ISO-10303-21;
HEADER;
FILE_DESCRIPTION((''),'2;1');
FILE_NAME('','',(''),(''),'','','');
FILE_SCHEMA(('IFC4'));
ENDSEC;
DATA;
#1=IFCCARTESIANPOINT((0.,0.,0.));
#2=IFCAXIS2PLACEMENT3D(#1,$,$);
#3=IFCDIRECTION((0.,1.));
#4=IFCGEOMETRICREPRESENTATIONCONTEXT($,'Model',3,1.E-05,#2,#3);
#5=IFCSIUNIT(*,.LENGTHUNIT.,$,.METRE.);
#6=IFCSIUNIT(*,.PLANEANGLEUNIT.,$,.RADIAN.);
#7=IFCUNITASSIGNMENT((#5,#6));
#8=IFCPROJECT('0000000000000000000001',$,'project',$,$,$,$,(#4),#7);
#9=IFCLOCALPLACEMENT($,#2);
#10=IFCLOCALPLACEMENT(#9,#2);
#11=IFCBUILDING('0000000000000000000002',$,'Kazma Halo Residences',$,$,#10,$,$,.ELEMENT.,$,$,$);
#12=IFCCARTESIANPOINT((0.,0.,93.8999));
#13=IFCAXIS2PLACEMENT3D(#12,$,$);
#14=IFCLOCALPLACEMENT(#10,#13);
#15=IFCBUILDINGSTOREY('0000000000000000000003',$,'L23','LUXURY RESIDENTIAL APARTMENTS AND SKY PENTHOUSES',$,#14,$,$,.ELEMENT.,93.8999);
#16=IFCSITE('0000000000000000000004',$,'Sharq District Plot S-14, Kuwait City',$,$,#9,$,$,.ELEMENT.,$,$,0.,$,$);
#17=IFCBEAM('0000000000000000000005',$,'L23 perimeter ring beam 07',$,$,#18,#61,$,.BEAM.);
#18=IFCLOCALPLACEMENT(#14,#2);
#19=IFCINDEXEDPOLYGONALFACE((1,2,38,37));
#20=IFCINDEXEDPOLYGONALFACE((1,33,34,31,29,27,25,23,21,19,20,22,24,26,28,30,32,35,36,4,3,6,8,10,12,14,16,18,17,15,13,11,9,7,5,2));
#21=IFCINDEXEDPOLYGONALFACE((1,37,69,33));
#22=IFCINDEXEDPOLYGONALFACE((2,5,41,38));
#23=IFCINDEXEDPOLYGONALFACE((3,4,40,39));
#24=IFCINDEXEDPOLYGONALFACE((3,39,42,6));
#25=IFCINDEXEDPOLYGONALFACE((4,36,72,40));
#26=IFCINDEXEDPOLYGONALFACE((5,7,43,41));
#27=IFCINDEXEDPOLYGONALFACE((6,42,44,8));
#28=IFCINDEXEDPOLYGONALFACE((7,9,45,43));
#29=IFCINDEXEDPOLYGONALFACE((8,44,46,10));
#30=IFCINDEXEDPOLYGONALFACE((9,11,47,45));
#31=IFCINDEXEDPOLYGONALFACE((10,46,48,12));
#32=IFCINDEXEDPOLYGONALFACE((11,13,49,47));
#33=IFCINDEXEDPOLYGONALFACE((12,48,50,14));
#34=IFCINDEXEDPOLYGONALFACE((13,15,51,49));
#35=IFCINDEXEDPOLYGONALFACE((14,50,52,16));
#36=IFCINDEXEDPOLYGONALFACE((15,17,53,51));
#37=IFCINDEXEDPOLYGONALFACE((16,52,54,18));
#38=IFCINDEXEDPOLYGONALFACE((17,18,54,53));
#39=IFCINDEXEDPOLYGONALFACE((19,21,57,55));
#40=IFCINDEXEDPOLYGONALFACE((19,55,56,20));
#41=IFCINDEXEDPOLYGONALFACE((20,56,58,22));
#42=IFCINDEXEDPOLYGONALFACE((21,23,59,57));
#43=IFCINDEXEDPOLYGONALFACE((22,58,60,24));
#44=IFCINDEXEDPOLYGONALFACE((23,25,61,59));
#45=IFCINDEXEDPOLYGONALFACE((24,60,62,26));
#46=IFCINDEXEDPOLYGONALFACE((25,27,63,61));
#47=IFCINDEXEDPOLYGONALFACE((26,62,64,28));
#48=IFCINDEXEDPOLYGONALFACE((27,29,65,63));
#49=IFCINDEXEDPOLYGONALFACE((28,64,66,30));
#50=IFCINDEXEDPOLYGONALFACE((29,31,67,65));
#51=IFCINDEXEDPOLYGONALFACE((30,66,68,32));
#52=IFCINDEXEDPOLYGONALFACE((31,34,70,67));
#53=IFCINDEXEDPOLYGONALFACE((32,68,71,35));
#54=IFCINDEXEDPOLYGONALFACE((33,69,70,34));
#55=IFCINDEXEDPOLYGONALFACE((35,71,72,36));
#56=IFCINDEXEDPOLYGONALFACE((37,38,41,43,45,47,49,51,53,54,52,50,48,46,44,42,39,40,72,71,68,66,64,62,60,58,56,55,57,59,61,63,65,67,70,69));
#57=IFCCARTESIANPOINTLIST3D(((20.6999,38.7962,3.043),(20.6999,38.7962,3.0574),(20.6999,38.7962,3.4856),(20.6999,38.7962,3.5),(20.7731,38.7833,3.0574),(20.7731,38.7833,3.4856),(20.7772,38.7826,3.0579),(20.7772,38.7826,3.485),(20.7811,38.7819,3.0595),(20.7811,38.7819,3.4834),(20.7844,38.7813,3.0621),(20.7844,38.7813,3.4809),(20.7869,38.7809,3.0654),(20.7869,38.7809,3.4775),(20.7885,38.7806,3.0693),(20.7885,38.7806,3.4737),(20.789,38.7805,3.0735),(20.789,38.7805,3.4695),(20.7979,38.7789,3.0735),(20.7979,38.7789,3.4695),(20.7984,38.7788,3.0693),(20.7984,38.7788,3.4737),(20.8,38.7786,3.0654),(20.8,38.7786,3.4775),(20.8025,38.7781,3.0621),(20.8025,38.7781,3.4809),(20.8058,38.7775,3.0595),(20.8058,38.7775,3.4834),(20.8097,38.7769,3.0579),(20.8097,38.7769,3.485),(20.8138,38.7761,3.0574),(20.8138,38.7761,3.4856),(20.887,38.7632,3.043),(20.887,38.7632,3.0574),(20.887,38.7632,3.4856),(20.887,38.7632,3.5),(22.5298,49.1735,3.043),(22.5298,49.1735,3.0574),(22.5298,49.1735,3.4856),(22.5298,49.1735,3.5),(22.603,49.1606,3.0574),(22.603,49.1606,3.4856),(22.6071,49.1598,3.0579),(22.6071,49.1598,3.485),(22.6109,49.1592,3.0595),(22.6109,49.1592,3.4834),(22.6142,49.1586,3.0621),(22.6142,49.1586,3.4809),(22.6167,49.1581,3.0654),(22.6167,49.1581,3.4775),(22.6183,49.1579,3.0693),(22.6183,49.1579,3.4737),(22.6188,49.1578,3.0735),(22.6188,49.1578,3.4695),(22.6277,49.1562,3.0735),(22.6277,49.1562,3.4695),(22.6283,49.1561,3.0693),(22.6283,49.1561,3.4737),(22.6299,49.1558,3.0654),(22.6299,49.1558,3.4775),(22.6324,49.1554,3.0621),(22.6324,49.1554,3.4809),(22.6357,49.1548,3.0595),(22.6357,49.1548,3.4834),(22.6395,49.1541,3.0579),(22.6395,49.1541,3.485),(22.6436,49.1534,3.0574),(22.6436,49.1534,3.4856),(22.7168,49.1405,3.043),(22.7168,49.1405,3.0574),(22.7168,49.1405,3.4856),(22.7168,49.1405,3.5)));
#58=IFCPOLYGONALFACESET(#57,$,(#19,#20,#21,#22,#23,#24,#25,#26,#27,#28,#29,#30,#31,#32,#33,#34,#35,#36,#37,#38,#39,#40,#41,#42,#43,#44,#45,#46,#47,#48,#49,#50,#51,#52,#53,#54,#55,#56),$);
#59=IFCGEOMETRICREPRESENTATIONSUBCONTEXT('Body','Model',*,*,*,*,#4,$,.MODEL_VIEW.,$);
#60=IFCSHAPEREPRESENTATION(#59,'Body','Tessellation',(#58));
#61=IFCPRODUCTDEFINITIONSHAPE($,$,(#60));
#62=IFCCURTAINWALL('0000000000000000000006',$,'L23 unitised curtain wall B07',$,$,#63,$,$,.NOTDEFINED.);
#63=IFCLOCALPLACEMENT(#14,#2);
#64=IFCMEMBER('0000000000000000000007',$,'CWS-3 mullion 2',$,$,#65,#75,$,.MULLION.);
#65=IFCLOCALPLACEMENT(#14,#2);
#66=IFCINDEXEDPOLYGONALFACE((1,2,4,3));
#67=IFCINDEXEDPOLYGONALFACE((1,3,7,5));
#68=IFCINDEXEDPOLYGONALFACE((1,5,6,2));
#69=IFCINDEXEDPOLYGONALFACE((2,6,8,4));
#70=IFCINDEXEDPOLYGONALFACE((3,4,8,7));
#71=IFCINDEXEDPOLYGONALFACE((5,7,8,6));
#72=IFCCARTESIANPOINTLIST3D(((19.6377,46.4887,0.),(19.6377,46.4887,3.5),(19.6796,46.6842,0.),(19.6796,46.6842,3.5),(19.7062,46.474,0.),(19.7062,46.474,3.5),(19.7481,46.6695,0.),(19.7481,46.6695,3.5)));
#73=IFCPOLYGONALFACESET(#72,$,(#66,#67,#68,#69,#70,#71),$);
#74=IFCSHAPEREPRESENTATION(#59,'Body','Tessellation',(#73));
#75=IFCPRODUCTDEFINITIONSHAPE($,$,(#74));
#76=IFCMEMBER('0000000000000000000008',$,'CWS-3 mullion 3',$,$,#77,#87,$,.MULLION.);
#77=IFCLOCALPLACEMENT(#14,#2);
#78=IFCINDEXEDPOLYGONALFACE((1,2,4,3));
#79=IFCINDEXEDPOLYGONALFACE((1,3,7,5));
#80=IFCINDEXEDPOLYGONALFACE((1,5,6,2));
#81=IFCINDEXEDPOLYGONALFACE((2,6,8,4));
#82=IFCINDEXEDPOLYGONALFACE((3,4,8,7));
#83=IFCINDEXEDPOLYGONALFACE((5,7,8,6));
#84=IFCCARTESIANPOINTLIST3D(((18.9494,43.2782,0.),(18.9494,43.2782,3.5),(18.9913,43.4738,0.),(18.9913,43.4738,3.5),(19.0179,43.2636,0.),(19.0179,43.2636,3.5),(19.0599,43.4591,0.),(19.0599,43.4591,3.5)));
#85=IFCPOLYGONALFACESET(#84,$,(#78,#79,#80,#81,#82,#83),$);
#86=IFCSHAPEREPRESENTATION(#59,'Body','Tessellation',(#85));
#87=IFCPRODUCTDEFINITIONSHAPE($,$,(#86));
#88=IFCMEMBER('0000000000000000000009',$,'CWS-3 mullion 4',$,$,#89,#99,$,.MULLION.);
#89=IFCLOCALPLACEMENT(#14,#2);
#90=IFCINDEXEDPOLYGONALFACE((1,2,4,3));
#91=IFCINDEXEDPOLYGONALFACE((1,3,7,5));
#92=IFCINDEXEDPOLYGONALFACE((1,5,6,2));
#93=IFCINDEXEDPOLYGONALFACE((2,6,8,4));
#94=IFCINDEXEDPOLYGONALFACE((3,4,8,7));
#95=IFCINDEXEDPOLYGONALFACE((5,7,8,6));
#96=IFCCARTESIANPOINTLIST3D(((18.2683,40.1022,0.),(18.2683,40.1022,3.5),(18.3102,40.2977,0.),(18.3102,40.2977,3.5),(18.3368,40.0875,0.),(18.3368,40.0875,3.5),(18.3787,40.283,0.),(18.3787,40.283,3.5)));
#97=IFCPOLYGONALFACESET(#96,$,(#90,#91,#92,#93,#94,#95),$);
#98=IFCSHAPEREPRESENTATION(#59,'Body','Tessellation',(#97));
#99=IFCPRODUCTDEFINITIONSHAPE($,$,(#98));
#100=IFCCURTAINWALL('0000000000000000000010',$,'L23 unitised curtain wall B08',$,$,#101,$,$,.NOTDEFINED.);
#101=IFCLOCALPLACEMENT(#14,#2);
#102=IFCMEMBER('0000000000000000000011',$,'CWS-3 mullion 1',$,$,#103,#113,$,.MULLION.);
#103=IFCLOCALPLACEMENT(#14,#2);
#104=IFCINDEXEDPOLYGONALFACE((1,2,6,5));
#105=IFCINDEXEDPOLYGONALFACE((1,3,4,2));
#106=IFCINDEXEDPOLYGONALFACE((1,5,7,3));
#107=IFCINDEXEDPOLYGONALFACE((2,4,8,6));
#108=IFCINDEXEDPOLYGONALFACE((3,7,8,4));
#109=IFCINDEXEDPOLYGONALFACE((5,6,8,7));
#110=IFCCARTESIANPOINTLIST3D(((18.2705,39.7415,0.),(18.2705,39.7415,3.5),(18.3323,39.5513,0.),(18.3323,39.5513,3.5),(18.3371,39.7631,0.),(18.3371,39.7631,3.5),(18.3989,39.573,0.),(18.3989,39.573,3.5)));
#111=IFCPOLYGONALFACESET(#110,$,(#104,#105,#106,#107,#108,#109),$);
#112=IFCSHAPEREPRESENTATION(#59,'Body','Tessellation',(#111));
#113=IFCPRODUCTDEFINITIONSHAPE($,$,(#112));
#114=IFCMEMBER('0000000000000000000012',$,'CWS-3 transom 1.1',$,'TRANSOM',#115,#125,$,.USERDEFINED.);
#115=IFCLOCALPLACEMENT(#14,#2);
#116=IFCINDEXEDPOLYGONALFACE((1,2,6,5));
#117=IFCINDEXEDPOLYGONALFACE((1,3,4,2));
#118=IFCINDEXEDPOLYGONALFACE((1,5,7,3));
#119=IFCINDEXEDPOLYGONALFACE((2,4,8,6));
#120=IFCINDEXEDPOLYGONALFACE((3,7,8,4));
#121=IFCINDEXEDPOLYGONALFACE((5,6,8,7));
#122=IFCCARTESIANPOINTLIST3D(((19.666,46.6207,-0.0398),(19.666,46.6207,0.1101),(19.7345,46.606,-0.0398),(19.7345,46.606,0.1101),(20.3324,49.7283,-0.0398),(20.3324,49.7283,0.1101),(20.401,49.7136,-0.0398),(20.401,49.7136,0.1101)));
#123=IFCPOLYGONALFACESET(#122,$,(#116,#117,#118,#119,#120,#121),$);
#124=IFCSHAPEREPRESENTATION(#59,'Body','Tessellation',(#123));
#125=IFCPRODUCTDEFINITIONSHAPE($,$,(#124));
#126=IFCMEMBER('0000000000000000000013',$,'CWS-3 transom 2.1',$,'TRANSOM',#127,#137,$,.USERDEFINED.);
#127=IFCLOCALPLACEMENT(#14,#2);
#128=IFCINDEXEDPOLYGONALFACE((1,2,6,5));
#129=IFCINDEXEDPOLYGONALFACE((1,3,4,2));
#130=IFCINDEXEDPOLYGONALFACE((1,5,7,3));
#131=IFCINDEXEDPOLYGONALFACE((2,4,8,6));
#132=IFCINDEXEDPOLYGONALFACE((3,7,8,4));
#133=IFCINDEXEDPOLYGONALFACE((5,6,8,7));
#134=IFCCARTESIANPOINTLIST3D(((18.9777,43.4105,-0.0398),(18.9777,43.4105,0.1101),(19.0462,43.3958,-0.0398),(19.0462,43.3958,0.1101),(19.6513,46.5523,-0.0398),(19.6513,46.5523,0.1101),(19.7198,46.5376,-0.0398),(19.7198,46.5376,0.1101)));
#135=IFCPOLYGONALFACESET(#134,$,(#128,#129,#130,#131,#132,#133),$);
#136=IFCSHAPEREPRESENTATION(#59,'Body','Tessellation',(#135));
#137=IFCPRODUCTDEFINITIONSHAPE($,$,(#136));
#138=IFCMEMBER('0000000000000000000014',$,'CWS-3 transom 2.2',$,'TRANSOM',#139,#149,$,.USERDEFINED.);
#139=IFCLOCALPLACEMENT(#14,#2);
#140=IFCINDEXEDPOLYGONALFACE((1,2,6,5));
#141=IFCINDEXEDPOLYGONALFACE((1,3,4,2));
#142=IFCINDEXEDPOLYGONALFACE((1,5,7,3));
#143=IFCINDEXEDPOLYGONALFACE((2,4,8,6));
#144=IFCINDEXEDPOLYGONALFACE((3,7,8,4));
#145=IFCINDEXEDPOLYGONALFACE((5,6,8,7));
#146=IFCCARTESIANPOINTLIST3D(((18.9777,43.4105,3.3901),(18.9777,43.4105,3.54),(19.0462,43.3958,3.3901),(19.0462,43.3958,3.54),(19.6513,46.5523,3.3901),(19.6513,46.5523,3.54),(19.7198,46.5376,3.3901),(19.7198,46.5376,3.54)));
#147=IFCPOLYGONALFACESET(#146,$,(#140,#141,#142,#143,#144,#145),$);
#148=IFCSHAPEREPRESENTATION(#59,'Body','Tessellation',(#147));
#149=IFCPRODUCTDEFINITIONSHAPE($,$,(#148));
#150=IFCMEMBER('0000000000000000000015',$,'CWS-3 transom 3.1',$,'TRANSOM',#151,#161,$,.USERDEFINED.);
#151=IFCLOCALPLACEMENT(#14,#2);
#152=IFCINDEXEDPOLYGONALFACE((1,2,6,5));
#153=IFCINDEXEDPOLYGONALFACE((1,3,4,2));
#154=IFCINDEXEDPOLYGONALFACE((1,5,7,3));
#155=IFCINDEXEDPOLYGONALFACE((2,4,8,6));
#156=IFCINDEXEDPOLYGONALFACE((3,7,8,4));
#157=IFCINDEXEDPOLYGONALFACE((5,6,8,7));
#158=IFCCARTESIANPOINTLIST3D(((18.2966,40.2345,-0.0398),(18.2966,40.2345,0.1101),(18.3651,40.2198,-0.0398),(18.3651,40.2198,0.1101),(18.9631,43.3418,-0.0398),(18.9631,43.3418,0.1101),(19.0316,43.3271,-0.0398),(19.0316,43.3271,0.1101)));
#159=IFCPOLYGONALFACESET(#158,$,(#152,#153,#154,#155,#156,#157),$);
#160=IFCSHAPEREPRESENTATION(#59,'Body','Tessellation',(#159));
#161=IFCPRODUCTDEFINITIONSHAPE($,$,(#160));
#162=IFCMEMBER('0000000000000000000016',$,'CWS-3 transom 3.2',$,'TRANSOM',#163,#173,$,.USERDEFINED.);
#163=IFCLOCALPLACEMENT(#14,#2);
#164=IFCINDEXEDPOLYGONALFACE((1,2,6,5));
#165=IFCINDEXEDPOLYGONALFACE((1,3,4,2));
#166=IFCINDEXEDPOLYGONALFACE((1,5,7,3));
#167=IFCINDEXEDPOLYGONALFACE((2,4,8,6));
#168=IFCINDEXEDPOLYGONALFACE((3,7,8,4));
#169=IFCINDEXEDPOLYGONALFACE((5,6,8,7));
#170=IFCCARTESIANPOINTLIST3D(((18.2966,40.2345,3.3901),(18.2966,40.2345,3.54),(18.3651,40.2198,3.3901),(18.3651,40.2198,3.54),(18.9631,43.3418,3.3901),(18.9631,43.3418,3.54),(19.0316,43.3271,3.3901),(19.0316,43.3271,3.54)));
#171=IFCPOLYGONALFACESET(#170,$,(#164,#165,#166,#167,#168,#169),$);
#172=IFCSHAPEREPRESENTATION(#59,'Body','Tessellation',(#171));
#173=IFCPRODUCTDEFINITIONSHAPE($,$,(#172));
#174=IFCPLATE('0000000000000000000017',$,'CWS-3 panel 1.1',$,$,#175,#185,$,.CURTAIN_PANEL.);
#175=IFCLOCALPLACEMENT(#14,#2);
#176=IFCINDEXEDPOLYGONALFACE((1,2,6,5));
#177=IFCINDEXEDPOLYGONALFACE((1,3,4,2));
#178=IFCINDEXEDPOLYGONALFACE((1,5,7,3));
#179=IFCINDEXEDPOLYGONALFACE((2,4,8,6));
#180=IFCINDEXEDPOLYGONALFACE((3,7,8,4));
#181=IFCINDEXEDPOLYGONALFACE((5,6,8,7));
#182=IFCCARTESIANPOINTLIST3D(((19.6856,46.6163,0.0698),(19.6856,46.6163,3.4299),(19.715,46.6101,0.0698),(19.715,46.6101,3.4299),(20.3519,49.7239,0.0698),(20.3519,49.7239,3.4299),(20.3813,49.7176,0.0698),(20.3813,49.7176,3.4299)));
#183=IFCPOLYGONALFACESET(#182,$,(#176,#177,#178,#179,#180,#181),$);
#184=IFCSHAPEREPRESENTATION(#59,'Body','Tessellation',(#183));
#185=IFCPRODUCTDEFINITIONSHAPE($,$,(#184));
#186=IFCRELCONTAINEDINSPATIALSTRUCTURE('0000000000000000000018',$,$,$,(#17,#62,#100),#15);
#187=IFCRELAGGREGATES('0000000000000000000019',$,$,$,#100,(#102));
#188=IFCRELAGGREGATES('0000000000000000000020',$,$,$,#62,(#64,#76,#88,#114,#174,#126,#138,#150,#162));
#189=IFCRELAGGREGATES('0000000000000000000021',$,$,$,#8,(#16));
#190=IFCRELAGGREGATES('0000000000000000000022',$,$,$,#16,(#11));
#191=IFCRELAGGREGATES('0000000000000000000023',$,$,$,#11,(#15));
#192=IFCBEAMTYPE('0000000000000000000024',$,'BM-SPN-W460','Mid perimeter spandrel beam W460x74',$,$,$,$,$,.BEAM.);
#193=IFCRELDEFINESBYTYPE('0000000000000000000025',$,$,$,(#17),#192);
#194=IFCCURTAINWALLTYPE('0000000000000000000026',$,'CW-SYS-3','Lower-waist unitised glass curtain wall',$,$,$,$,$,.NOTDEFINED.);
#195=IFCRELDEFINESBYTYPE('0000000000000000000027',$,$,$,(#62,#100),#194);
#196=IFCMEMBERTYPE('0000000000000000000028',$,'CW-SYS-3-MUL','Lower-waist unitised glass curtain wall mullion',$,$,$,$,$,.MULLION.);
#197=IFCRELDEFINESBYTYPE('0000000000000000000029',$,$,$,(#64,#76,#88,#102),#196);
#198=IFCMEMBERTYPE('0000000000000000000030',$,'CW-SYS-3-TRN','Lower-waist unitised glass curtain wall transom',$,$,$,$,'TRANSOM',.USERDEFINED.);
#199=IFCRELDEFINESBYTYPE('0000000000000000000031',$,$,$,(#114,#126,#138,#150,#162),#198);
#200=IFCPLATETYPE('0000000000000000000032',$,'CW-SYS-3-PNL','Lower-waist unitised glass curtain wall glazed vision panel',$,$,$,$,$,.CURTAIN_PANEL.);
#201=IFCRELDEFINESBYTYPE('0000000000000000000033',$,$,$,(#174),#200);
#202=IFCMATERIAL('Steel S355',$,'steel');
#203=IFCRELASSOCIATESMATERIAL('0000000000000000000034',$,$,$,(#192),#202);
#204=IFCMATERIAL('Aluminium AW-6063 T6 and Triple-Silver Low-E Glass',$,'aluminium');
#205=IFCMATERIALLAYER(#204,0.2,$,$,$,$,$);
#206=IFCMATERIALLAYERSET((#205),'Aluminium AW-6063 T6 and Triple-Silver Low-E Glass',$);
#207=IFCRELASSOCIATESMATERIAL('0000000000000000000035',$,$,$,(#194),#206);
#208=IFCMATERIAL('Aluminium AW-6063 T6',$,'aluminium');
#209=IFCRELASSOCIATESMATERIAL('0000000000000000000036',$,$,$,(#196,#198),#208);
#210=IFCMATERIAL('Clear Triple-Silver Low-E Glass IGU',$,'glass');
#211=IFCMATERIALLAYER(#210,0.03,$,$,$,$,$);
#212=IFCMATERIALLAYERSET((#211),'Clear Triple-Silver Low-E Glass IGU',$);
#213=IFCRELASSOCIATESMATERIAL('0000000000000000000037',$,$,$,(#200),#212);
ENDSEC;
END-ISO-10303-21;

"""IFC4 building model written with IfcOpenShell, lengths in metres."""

from ifc_helpers import new_model, si_unit, direction, frame, origin, origin_2d, place, context, subcontext, project, spatial, rectangle, i_section, extrude, material, layer, layer_set, material_profile, profile_set, type_object, element, aggregate, save


model = new_model("IFC4")

# Units and contexts
model_context = context("Model", 3, precision=1e-05, world=origin(), true_north=direction((0.0, 1.0)))
body_context = subcontext(model_context, "Body", "Model", "MODEL_VIEW")
ifc_project = project(units=[si_unit("LENGTHUNIT", "METRE"), si_unit("PLANEANGLEUNIT", "RADIAN")], contexts=[model_context])

# Site, building, storey
site_placement = place(None, origin())
site = spatial("IfcSite", under=ifc_project, at=site_placement, Name="Sharq District Plot S-14, Kuwait City", CompositionType="ELEMENT", RefElevation=0.0)
building_placement = place(site_placement, origin())
building = spatial("IfcBuilding", under=site, at=building_placement, Name="Kazma Halo Residences", CompositionType="ELEMENT")
storey_placement = place(building_placement, frame((0.0, 0.0, 93.8999)))
storey = spatial("IfcBuildingStorey", under=building, at=storey_placement, Name="L23", Description="LUXURY RESIDENTIAL APARTMENTS AND SKY PENTHOUSES", CompositionType="ELEMENT", Elevation=93.8999)

# Beam
ifc_material_1 = material(Name="Steel S355", Category="steel")
ifc_material_profile_1 = material_profile(ifc_material_1, i_section(OverallWidth=0.1899, OverallDepth=0.457, WebThickness=0.009, FlangeThickness=0.0144, FilletRadius=0.0161, at=origin_2d()), Name="W460x74")
ifc_profile_set_1 = profile_set([ifc_material_profile_1], Name="Steel S355")
beam_type_1 = type_object("IfcBeamType", Name="BM-SPN-W460", Description="Mid perimeter spandrel beam W460x74", PredefinedType="BEAM", material=ifc_profile_set_1)
beam_1_placement = place(storey_placement, frame((22.6233, 49.157, 3.2715), z_axis=(-0.173653, -0.984807, 0.0), x_axis=(0.984807, -0.173653, 0.0)))
element("IfcBeam", 1, at=beam_1_placement, inside=storey, type_object=beam_type_1, Name="L23 perimeter ring beam 07", PredefinedType="BEAM", context=body_context, shape_type="SweptSolid", body=[
    extrude(i_section(OverallWidth=0.1899, OverallDepth=0.457, WebThickness=0.009, FlangeThickness=0.0144, FilletRadius=0.0161, at=origin_2d()), origin(), (0.0, 0.0, 1.0), 10.5374),
])

# Curtain wall, members
ifc_material_2 = material(Name="Aluminium AW-6063 T6 and Triple-Silver Low-E Glass", Category="aluminium")
ifc_layer_1 = layer(ifc_material_2, 0.2)
ifc_layer_set_1 = layer_set([ifc_layer_1], Name="Aluminium AW-6063 T6 and Triple-Silver Low-E Glass")
curtain_wall_type = type_object("IfcCurtainWallType", Name="CW-SYS-3", Description="Lower-waist unitised glass curtain wall", PredefinedType="NOTDEFINED", material=ifc_layer_set_1)
curtain_wall_1_placement = place(storey_placement, origin())
curtain_wall_1 = element("IfcCurtainWall", 2, at=curtain_wall_1_placement, inside=storey, type_object=curtain_wall_type, Name="L23 unitised curtain wall B07", PredefinedType="NOTDEFINED")
ifc_material_3 = material(Name="Aluminium AW-6063 T6", Category="aluminium")
ifc_material_profile_2 = material_profile(ifc_material_3, rectangle(XDim=0.0701, YDim=0.2, at=origin_2d()), Name="CWM-70x200")
ifc_profile_set_2 = profile_set([ifc_material_profile_2], Name="Aluminium AW-6063 T6")
member_type_1 = type_object("IfcMemberType", Name="CW-SYS-3-MUL", Description="Lower-waist unitised glass curtain wall mullion", PredefinedType="MULLION", material=ifc_profile_set_2)
member_1_placement = place(storey_placement, frame((19.6929, 46.5791, 0.0), z_axis=(0.0, 0.0, 1.0), x_axis=(0.977774, -0.209661, 0.0)))
member_1 = element("IfcMember", 3, at=member_1_placement, type_object=member_type_1, Name="CWS-3 mullion 2", PredefinedType="MULLION", context=body_context, shape_type="SweptSolid", body=[
    extrude(rectangle(XDim=0.0701, YDim=0.2, at=origin_2d()), origin(), (0.0, 0.0, 1.0), 3.5),
])
member_2_placement = place(storey_placement, frame((19.0046, 43.3687, 0.0), z_axis=(0.0, 0.0, 1.0), x_axis=(0.977774, -0.209661, 0.0)))
member_2 = element("IfcMember", 4, at=member_2_placement, type_object=member_type_1, Name="CWS-3 mullion 3", PredefinedType="MULLION", context=body_context, shape_type="SweptSolid", body=[
    extrude(rectangle(XDim=0.0701, YDim=0.2, at=origin_2d()), origin(), (0.0, 0.0, 1.0), 3.5),
])
member_3_placement = place(storey_placement, frame((18.3235, 40.1926, 0.0), z_axis=(0.0, 0.0, 1.0), x_axis=(0.977774, -0.209661, 0.0)))
member_3 = element("IfcMember", 5, at=member_3_placement, type_object=member_type_1, Name="CWS-3 mullion 4", PredefinedType="MULLION", context=body_context, shape_type="SweptSolid", body=[
    extrude(rectangle(XDim=0.0701, YDim=0.2, at=origin_2d()), origin(), (0.0, 0.0, 1.0), 3.5),
])

# Curtain wall, member
curtain_wall_2_placement = place(storey_placement, origin())
curtain_wall_2 = element("IfcCurtainWall", 6, at=curtain_wall_2_placement, inside=storey, type_object=curtain_wall_type, Name="L23 unitised curtain wall B08", PredefinedType="NOTDEFINED")
member_4_placement = place(storey_placement, frame((18.3347, 39.6572, 0.0), z_axis=(0.0, 0.0, 1.0), x_axis=(0.951058, 0.309013, 0.0)))
member_4 = element("IfcMember", 7, at=member_4_placement, type_object=member_type_1, Name="CWS-3 mullion 1", PredefinedType="MULLION", context=body_context, shape_type="SweptSolid", body=[
    extrude(rectangle(XDim=0.0701, YDim=0.2, at=origin_2d()), origin(), (0.0, 0.0, 1.0), 3.5),
])
aggregate(curtain_wall_2, [member_4])

# Members
ifc_material_profile_3 = material_profile(ifc_material_3, rectangle(XDim=0.0701, YDim=0.1499, at=origin_2d()), Name="CWT-70x150")
ifc_profile_set_3 = profile_set([ifc_material_profile_3], Name="Aluminium AW-6063 T6")
member_type_2 = type_object("IfcMemberType", Name="CW-SYS-3-TRN", Description="Lower-waist unitised glass curtain wall transom", ElementType="TRANSOM", PredefinedType="USERDEFINED", material=ifc_profile_set_3)
member_5_placement = place(storey_placement, frame((20.3667, 49.7209, 0.0352), z_axis=(-0.209702, -0.977765, 0.0), x_axis=(0.977765, -0.209702, 0.0)))
member_5 = element("IfcMember", 8, at=member_5_placement, type_object=member_type_2, Name="CWS-3 transom 1.1", ObjectType="TRANSOM", PredefinedType="USERDEFINED", context=body_context, shape_type="SweptSolid", body=[
    extrude(rectangle(XDim=0.0701, YDim=0.1499, at=origin_2d()), origin(), (0.0, 0.0, 1.0), 3.1782),
])
member_6_placement = place(storey_placement, frame((19.6855, 46.5449, 0.0352), z_axis=(-0.209628, -0.977781, 0.0), x_axis=(0.977781, -0.209628, 0.0)))
member_6 = element("IfcMember", 9, at=member_6_placement, type_object=member_type_2, Name="CWS-3 transom 2.1", ObjectType="TRANSOM", PredefinedType="USERDEFINED", context=body_context, shape_type="SweptSolid", body=[
    extrude(rectangle(XDim=0.0701, YDim=0.1499, at=origin_2d()), origin(), (0.0, 0.0, 1.0), 3.2131),
])
member_7_placement = place(storey_placement, frame((19.6855, 46.5449, 3.4651), z_axis=(-0.209628, -0.977781, 0.0), x_axis=(0.977781, -0.209628, 0.0)))
member_7 = element("IfcMember", 10, at=member_7_placement, type_object=member_type_2, Name="CWS-3 transom 2.2", ObjectType="TRANSOM", PredefinedType="USERDEFINED", context=body_context, shape_type="SweptSolid", body=[
    extrude(rectangle(XDim=0.0701, YDim=0.1499, at=origin_2d()), origin(), (0.0, 0.0, 1.0), 3.2131),
])
member_8_placement = place(storey_placement, frame((18.9973, 43.3345, 0.0352), z_axis=(-0.209718, -0.977762, 0.0), x_axis=(0.977762, -0.209718, 0.0)))
member_8 = element("IfcMember", 11, at=member_8_placement, type_object=member_type_2, Name="CWS-3 transom 3.1", ObjectType="TRANSOM", PredefinedType="USERDEFINED", context=body_context, shape_type="SweptSolid", body=[
    extrude(rectangle(XDim=0.0701, YDim=0.1499, at=origin_2d()), origin(), (0.0, 0.0, 1.0), 3.178),
])
member_9_placement = place(storey_placement, frame((18.9973, 43.3345, 3.4651), z_axis=(-0.209718, -0.977762, 0.0), x_axis=(0.977762, -0.209718, 0.0)))
member_9 = element("IfcMember", 12, at=member_9_placement, type_object=member_type_2, Name="CWS-3 transom 3.2", ObjectType="TRANSOM", PredefinedType="USERDEFINED", context=body_context, shape_type="SweptSolid", body=[
    extrude(rectangle(XDim=0.0701, YDim=0.1499, at=origin_2d()), origin(), (0.0, 0.0, 1.0), 3.178),
])

# Plate
ifc_material_4 = material(Name="Clear Triple-Silver Low-E Glass IGU", Category="glass")
ifc_layer_2 = layer(ifc_material_4, 0.03)
ifc_layer_set_2 = layer_set([ifc_layer_2], Name="Clear Triple-Silver Low-E Glass IGU")
plate_type = type_object("IfcPlateType", Name="CW-SYS-3-PNL", Description="Lower-waist unitised glass curtain wall glazed vision panel", PredefinedType="CURTAIN_PANEL", material=ifc_layer_set_2)
plate_1_placement = place(storey_placement, frame((20.0334, 48.167, 0.0698), z_axis=(0.0, 0.0, 1.0), x_axis=(-0.209661, -0.977774, 0.0)))
plate_1 = element("IfcPlate", 13, at=plate_1_placement, type_object=plate_type, Name="CWS-3 panel 1.1", PredefinedType="CURTAIN_PANEL", context=body_context, shape_type="SweptSolid", body=[
    extrude(rectangle(XDim=3.1782, YDim=0.03, at=origin_2d()), origin(), (0.0, 0.0, 1.0), 3.3601),
])
aggregate(curtain_wall_1, [member_1, member_2, member_3, member_5, plate_1, member_6, member_7, member_8, member_9])

save(model, "model.ifc")
